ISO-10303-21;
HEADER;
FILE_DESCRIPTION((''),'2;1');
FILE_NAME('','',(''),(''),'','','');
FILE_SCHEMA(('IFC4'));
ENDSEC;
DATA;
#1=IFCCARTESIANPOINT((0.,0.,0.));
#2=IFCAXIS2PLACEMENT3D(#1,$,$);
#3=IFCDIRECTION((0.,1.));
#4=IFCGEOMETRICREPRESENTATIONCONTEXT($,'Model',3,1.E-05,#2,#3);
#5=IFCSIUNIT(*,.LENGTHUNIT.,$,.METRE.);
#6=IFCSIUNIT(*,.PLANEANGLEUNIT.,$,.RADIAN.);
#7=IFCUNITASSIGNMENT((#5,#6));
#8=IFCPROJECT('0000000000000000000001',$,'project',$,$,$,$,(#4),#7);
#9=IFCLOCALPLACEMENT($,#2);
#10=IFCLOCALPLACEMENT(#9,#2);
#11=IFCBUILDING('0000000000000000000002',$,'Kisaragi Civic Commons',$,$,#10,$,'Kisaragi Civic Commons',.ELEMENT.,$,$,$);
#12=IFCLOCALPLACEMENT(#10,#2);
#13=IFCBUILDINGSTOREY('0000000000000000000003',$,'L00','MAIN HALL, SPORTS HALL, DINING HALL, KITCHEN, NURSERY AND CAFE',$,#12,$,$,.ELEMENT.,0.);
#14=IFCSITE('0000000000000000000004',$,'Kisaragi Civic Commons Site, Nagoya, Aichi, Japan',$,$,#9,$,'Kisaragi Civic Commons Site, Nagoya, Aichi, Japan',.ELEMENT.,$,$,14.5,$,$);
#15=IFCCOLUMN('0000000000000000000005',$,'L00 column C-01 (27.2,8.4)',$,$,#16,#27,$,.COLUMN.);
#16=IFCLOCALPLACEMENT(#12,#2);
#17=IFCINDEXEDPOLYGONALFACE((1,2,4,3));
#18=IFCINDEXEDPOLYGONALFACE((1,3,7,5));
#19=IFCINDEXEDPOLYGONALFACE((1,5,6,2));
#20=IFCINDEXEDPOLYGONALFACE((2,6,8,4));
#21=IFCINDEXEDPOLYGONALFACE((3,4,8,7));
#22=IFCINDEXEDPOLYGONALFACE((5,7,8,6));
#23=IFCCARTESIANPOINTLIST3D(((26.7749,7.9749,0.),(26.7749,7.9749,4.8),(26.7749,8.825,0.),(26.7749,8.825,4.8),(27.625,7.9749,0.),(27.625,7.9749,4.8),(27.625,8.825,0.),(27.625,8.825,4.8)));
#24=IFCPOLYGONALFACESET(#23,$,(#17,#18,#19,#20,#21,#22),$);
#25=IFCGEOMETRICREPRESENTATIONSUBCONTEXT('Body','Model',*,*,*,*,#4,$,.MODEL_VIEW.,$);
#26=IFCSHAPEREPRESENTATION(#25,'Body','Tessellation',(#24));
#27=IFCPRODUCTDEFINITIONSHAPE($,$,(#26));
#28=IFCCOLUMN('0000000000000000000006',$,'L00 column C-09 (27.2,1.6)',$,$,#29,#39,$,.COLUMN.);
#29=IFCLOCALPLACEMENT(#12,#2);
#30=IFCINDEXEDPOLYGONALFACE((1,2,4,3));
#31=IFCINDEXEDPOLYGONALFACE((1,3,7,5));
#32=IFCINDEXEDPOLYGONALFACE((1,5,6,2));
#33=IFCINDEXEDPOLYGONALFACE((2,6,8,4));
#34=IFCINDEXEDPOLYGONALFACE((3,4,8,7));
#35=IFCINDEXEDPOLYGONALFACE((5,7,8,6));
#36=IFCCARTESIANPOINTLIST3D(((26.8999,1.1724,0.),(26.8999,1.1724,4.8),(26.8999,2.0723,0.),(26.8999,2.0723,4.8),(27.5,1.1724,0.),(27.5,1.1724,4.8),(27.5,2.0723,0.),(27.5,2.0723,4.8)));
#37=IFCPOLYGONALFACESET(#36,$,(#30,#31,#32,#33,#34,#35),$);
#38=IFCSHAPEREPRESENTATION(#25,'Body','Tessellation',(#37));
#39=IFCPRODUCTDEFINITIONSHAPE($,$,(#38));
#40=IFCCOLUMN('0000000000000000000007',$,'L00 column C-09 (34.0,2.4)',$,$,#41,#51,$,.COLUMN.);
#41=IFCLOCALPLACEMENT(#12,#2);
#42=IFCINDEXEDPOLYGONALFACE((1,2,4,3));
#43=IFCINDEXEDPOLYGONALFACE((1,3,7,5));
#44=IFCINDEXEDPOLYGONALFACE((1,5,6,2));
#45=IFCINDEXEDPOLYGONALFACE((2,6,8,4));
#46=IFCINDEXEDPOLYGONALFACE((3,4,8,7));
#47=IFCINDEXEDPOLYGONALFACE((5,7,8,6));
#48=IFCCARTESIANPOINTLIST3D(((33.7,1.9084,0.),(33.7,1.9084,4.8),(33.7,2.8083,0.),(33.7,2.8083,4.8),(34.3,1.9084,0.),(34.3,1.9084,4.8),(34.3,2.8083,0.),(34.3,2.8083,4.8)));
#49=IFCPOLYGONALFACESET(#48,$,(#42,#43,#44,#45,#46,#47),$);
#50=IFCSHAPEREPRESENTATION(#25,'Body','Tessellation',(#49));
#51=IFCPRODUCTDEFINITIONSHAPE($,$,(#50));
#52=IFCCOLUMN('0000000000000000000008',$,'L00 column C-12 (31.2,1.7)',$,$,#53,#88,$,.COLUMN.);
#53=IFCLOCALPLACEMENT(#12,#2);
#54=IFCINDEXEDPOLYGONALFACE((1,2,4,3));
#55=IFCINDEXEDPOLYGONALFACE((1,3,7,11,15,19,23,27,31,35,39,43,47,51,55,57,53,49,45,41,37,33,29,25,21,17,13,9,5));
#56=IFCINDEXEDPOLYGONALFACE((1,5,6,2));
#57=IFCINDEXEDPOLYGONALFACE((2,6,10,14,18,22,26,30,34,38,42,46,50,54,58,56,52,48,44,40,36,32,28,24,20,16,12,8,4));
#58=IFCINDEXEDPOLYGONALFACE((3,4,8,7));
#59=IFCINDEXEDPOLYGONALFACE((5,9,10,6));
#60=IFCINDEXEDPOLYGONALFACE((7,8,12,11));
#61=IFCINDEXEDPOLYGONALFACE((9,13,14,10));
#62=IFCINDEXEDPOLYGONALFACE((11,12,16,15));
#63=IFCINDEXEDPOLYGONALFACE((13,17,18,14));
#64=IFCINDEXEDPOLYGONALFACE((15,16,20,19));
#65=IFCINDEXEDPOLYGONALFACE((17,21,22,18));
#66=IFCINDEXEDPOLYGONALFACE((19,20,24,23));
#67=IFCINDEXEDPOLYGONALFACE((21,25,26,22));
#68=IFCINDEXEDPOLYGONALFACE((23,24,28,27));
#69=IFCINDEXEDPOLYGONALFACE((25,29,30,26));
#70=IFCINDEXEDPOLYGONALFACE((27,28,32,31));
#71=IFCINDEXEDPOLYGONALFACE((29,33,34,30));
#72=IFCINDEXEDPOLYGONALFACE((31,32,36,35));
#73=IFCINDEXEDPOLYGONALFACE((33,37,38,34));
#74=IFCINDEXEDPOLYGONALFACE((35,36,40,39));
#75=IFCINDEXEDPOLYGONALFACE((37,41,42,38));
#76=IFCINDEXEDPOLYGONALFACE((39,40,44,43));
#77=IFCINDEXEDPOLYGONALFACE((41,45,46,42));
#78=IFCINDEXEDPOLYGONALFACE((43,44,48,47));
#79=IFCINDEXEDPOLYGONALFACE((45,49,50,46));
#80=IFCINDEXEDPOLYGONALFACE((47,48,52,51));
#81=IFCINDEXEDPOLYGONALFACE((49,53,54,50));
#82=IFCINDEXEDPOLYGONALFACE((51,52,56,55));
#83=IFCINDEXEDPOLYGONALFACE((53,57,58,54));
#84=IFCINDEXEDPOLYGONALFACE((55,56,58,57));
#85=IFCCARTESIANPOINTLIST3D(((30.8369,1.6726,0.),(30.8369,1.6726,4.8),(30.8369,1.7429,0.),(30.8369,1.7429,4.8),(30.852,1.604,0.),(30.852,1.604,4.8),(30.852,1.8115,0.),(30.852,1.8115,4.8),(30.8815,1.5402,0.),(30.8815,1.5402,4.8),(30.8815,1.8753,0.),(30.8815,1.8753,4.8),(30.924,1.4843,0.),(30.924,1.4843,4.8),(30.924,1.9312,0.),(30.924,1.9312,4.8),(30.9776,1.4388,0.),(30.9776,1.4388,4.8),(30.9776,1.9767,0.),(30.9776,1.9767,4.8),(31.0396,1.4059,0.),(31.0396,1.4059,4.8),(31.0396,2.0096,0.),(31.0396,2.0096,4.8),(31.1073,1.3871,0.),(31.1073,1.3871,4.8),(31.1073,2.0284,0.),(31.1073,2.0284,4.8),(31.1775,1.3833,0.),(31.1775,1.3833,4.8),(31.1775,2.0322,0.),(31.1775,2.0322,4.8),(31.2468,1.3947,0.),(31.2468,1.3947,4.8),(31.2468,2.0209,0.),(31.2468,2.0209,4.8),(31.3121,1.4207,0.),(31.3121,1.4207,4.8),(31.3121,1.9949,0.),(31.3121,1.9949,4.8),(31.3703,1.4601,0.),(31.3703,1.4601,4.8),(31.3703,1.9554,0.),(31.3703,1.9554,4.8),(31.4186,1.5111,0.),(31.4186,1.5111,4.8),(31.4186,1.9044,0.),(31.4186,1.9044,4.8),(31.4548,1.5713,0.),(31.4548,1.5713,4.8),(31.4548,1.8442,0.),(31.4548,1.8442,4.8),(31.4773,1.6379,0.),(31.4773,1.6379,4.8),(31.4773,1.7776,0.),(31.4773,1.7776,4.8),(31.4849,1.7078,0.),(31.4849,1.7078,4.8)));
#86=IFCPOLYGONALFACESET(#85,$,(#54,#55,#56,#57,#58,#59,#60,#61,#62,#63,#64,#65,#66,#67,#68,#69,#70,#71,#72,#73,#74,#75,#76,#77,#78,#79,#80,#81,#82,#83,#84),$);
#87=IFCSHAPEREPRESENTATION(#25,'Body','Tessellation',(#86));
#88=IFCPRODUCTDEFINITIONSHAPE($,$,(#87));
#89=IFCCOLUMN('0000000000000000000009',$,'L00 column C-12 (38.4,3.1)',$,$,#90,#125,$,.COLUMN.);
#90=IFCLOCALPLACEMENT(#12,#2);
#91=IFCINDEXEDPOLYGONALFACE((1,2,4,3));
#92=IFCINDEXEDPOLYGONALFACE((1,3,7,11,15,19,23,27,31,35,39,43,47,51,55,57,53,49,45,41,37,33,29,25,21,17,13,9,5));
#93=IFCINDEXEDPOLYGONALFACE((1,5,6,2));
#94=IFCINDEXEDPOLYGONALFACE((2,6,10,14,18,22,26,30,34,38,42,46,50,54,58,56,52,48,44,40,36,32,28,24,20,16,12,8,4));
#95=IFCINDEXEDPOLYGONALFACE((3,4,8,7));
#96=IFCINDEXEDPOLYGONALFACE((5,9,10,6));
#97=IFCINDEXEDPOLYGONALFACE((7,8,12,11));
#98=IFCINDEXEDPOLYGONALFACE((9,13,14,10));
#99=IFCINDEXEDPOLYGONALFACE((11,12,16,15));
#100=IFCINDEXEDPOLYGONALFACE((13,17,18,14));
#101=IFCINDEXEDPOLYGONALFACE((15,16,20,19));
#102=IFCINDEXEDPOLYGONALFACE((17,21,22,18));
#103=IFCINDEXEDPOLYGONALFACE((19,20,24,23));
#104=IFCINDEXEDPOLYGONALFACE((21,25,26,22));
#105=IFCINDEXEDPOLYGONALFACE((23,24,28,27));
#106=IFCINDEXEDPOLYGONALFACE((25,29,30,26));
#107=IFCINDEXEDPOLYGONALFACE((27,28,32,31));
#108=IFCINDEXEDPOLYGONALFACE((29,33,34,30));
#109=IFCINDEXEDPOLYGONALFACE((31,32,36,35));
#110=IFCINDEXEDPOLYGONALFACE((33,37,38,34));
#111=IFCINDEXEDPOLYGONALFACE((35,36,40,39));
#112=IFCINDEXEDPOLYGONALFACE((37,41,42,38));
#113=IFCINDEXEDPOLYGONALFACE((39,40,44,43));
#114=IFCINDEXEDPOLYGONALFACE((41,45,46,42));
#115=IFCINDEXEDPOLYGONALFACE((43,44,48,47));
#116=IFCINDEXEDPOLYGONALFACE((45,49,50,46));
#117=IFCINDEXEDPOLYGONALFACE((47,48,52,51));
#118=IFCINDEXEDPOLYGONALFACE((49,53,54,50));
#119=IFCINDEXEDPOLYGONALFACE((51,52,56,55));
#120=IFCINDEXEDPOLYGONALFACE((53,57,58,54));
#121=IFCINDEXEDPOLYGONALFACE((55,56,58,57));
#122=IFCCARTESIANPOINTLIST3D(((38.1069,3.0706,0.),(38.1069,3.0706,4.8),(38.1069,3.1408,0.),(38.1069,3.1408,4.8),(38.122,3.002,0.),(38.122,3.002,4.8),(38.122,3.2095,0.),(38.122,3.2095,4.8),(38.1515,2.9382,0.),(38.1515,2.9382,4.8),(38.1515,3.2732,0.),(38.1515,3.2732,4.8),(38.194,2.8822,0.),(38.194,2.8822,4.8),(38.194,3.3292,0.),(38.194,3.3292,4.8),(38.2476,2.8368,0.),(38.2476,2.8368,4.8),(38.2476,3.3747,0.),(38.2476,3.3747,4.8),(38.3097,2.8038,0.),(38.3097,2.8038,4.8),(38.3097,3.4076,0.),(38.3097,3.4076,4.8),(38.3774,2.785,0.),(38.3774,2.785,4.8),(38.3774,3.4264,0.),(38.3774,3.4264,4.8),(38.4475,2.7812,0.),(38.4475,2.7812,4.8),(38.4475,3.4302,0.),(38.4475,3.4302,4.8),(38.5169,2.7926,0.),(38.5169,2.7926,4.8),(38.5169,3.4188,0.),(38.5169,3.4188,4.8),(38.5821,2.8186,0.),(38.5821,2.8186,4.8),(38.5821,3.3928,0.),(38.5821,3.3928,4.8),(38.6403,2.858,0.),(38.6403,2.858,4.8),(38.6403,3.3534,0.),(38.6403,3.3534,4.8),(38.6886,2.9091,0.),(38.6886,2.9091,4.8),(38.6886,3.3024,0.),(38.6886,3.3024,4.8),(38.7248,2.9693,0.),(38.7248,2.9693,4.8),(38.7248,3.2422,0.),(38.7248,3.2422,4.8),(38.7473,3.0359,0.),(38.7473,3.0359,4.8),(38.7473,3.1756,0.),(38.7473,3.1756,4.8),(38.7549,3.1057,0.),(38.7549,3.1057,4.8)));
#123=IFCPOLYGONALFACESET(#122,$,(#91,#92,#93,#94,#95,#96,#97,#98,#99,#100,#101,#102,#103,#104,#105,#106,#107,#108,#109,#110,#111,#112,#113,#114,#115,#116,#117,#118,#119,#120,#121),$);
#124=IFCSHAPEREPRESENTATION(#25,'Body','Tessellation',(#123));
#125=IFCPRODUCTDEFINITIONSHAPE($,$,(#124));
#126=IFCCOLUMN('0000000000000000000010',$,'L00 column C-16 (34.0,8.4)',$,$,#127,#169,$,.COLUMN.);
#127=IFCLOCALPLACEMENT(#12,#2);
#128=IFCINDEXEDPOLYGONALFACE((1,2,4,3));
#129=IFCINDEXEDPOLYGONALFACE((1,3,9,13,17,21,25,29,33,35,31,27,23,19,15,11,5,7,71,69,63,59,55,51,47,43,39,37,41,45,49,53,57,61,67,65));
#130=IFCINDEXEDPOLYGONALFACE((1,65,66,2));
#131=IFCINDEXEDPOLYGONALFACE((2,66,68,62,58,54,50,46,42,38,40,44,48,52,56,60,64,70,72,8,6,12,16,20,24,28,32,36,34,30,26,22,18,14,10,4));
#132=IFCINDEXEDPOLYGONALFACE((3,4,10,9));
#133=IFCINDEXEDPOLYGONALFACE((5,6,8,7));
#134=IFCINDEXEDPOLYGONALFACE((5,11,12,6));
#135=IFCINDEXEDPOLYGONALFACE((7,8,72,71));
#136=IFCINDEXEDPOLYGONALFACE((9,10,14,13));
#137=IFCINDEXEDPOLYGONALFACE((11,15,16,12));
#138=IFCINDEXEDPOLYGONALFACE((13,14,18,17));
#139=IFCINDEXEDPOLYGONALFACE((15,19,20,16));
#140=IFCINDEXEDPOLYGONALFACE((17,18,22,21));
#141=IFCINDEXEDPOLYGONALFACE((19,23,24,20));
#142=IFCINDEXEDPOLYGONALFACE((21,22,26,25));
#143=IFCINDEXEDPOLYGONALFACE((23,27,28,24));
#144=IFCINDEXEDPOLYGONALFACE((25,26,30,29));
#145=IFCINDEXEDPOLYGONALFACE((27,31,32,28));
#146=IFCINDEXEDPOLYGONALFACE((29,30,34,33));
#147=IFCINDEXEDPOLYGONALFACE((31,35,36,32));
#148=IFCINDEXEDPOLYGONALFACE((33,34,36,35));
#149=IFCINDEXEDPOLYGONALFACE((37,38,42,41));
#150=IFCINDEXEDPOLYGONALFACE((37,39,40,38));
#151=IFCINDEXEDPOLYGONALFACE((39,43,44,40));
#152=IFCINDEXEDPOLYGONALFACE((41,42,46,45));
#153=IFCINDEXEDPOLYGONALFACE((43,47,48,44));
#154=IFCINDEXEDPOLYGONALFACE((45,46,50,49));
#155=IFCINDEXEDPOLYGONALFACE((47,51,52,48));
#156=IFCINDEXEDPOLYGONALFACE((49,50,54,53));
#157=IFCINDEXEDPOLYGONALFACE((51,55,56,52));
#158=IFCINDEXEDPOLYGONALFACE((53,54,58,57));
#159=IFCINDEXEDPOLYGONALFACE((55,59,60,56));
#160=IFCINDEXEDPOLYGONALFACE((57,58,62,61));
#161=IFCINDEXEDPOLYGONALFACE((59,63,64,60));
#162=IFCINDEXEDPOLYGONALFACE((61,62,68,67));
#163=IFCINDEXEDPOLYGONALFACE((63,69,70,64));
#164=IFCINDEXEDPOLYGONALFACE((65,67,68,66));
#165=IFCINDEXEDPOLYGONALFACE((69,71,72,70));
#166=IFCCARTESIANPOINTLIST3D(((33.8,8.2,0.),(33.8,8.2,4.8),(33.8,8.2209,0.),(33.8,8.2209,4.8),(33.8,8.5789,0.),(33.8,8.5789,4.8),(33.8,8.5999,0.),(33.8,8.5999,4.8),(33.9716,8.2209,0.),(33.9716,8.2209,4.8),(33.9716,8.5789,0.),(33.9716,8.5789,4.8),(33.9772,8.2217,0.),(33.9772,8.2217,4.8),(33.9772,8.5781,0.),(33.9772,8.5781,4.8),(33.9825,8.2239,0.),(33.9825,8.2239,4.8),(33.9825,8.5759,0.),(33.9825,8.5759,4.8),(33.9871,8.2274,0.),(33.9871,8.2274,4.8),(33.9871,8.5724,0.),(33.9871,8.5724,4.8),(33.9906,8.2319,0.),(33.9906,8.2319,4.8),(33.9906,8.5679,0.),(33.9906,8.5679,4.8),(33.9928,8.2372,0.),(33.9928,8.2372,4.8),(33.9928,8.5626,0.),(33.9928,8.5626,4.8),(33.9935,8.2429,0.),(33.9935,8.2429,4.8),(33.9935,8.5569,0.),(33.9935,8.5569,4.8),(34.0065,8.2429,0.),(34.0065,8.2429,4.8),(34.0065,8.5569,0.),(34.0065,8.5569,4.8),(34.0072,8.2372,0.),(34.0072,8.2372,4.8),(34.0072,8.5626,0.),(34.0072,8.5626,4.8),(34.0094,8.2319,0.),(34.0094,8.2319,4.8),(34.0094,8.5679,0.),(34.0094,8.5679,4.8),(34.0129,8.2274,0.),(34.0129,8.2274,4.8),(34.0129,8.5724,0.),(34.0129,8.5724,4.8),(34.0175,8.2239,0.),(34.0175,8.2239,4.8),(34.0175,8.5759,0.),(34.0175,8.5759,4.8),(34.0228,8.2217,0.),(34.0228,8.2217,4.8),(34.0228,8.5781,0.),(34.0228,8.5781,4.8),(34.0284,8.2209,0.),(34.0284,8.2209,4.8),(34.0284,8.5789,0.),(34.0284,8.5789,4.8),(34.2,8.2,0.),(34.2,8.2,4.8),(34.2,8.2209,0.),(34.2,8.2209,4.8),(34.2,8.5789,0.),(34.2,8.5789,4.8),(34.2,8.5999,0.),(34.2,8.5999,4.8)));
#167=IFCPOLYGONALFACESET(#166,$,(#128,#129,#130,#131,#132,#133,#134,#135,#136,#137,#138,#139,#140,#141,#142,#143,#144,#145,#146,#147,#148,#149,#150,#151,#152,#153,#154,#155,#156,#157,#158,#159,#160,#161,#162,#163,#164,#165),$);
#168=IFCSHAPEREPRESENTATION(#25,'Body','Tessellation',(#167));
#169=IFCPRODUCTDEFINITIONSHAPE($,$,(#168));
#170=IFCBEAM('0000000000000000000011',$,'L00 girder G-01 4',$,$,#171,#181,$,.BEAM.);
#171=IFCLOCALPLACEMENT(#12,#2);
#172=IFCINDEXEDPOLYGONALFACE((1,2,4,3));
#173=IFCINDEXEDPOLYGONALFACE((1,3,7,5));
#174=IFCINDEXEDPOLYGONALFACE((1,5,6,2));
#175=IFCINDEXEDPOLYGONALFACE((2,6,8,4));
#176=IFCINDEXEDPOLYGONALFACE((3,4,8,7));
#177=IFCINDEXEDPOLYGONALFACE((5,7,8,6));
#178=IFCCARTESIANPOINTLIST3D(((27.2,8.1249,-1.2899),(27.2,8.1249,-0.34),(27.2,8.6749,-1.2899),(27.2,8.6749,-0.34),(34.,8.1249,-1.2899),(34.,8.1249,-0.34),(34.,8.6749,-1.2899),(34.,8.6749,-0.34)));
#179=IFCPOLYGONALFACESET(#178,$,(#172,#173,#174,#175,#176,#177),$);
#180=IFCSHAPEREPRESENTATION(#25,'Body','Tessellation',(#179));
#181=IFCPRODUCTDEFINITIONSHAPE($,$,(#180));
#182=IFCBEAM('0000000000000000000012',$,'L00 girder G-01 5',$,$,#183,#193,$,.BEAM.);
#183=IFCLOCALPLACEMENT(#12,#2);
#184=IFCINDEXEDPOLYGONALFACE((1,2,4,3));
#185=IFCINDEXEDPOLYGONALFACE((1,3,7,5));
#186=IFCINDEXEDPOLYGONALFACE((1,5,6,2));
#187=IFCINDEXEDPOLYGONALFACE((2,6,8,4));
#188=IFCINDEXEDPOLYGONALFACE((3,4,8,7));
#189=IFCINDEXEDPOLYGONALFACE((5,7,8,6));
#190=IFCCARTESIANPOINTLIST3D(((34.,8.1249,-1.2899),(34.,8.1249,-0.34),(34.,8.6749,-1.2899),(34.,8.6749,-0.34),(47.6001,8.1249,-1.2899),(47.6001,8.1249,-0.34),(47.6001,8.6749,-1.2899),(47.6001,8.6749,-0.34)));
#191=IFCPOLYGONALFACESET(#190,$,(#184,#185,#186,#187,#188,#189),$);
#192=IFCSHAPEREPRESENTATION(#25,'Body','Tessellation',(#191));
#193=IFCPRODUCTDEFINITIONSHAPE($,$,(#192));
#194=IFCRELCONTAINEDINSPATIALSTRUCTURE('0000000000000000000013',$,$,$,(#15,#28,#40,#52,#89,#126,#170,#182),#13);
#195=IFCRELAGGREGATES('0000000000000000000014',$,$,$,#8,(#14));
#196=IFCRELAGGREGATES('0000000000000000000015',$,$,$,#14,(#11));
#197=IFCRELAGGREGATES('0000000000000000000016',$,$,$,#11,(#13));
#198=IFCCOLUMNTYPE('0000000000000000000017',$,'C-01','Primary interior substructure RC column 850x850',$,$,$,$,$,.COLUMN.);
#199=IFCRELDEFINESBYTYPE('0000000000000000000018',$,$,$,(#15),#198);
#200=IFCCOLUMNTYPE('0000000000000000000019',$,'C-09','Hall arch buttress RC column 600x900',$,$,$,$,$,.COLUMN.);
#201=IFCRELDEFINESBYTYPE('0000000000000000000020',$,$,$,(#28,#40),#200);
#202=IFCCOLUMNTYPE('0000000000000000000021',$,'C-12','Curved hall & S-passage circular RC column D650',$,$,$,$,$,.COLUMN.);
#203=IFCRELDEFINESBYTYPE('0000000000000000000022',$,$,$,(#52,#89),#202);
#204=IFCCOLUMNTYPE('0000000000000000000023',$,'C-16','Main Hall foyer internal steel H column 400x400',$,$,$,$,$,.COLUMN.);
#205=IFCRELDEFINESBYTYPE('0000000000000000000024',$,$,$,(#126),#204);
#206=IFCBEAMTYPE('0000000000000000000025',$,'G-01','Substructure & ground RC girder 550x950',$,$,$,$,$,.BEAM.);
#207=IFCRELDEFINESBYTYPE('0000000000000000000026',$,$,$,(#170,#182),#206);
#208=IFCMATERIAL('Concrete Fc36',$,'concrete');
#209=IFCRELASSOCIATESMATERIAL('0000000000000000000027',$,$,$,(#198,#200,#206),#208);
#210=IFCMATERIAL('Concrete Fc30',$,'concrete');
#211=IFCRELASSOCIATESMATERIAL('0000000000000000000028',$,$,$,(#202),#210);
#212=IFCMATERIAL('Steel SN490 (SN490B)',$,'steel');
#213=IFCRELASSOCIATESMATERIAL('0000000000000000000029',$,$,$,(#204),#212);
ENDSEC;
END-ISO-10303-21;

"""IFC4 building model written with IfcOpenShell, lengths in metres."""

from ifc_helpers import new_model, si_unit, direction, frame, origin, origin_2d, place, context, subcontext, project, spatial, rectangle, circle, i_section, extrude, material, material_profile, profile_set, type_object, element, save


model = new_model("IFC4")

# Units and contexts
model_context = context("Model", 3, precision=1e-05, world=origin(), true_north=direction((0.0, 1.0)))
body_context = subcontext(model_context, "Body", "Model", "MODEL_VIEW")
ifc_project = project(units=[si_unit("LENGTHUNIT", "METRE"), si_unit("PLANEANGLEUNIT", "RADIAN")], contexts=[model_context])

# Site, building, storey
site_placement = place(None, origin())
site = spatial("IfcSite", under=ifc_project, at=site_placement, Name="Kisaragi Civic Commons Site, Nagoya, Aichi, Japan", LongName="Kisaragi Civic Commons Site, Nagoya, Aichi, Japan", CompositionType="ELEMENT", RefElevation=14.5)
building_placement = place(site_placement, origin())
building = spatial("IfcBuilding", under=site, at=building_placement, Name="Kisaragi Civic Commons", LongName="Kisaragi Civic Commons", CompositionType="ELEMENT")
storey_placement = place(building_placement, origin())
storey = spatial("IfcBuildingStorey", under=building, at=storey_placement, Name="L00", Description="MAIN HALL, SPORTS HALL, DINING HALL, KITCHEN, NURSERY AND CAFE", CompositionType="ELEMENT", Elevation=0.0)

# Columns
ifc_material_1 = material(Name="Concrete Fc36", Category="concrete")
ifc_material_profile_1 = material_profile(ifc_material_1, rectangle(XDim=0.8501, YDim=0.8501, at=origin_2d()), Name="RC-850x850", Category="concrete")
ifc_profile_set_1 = profile_set([ifc_material_profile_1], Name="Concrete Fc36")
column_type_1 = type_object("IfcColumnType", Name="C-01", Description="Primary interior substructure RC column 850x850", PredefinedType="COLUMN", material=ifc_profile_set_1)
column_1_placement = place(storey_placement, frame((27.2, 8.3999, 0.0), z_axis=(0.0, 0.0, 1.0), x_axis=(1.0, 0.0, 0.0)))
element("IfcColumn", 1, at=column_1_placement, inside=storey, type_object=column_type_1, Name="L00 column C-01 (27.2,8.4)", PredefinedType="COLUMN", context=body_context, shape_type="SweptSolid", body=[
    extrude(rectangle(XDim=0.8501, YDim=0.8501, at=origin_2d()), origin(), (0.0, 0.0, 1.0), 4.8),
])
ifc_material_profile_2 = material_profile(ifc_material_1, rectangle(XDim=0.6001, YDim=0.8999, at=origin_2d()), Name="RC-600x900", Category="concrete")
ifc_profile_set_2 = profile_set([ifc_material_profile_2], Name="Concrete Fc36")
column_type_2 = type_object("IfcColumnType", Name="C-09", Description="Hall arch buttress RC column 600x900", PredefinedType="COLUMN", material=ifc_profile_set_2)
for number, where, z_axis, x_axis, name in (
    (2, (27.2, 1.6223, 0.0), (0.0, 0.0, 1.0), (1.0, 0.0, 0.0), "L00 column C-09 (27.2,1.6)"),
    (3, (34.0, 2.3584, 0.0), (0.0, 0.0, 1.0), (1.0, 0.0, 0.0), "L00 column C-09 (34.0,2.4)"),
):
    element("IfcColumn", number, at=place(storey_placement, frame(where, z_axis=z_axis, x_axis=x_axis)), inside=storey, type_object=column_type_2, Name=name, PredefinedType="COLUMN", context=body_context, shape_type="SweptSolid", body=[
        extrude(rectangle(XDim=0.6001, YDim=0.8999, at=origin_2d()), origin(), (0.0, 0.0, 1.0), 4.8),
    ])
ifc_material_2 = material(Name="Concrete Fc30", Category="concrete")
ifc_material_profile_3 = material_profile(ifc_material_2, circle(Radius=0.325, at=origin_2d()), Name="RC-D650", Category="concrete")
ifc_profile_set_3 = profile_set([ifc_material_profile_3], Name="Concrete Fc30")
column_type_3 = type_object("IfcColumnType", Name="C-12", Description="Curved hall & S-passage circular RC column D650", PredefinedType="COLUMN", material=ifc_profile_set_3)
for number, where, z_axis, x_axis, name in (
    (4, (31.1599, 1.7078, 0.0), (0.0, 0.0, 1.0), (1.0, 0.0, 0.0), "L00 column C-12 (31.2,1.7)"),
    (5, (38.4299, 3.1057, 0.0), (0.0, 0.0, 1.0), (1.0, 0.0, 0.0), "L00 column C-12 (38.4,3.1)"),
):
    element("IfcColumn", number, at=place(storey_placement, frame(where, z_axis=z_axis, x_axis=x_axis)), inside=storey, type_object=column_type_3, Name=name, PredefinedType="COLUMN", context=body_context, shape_type="SweptSolid", body=[
        extrude(circle(Radius=0.325, at=origin_2d()), origin(), (0.0, 0.0, 1.0), 4.8),
    ])
ifc_material_3 = material(Name="Steel SN490 (SN490B)", Category="steel")
ifc_material_profile_4 = material_profile(ifc_material_3, i_section(OverallWidth=0.3999, OverallDepth=0.3999, WebThickness=0.0129, FlangeThickness=0.021, FilletRadius=0.022, at=origin_2d()), Name="H-400x400x13x21", Category="steel")
ifc_profile_set_4 = profile_set([ifc_material_profile_4], Name="Steel SN490 (SN490B)")
column_type_4 = type_object("IfcColumnType", Name="C-16", Description="Main Hall foyer internal steel H column 400x400", PredefinedType="COLUMN", material=ifc_profile_set_4)
column_2_placement = place(storey_placement, frame((34.0, 8.3999, 0.0), z_axis=(0.0, 0.0, 1.0), x_axis=(1.0, 0.0, 0.0)))
element("IfcColumn", 6, at=column_2_placement, inside=storey, type_object=column_type_4, Name="L00 column C-16 (34.0,8.4)", PredefinedType="COLUMN", context=body_context, shape_type="SweptSolid", body=[
    extrude(i_section(OverallWidth=0.3999, OverallDepth=0.3999, WebThickness=0.0129, FlangeThickness=0.021, FilletRadius=0.022, at=origin_2d()), origin(), (0.0, 0.0, 1.0), 4.8),
])

# Beams
ifc_material_profile_5 = material_profile(ifc_material_1, rectangle(XDim=0.55, YDim=0.95, at=origin_2d()), Name="RC-550x950", Category="concrete")
ifc_profile_set_5 = profile_set([ifc_material_profile_5], Name="Concrete Fc36")
beam_type_1 = type_object("IfcBeamType", Name="G-01", Description="Substructure & ground RC girder 550x950", PredefinedType="BEAM", material=ifc_profile_set_5)
beam_1_placement = place(storey_placement, frame((27.2, 8.3999, -0.8149), z_axis=(1.0, 0.0, 0.0), x_axis=(0.0, 1.0, 0.0)))
element("IfcBeam", 7, at=beam_1_placement, inside=storey, type_object=beam_type_1, Name="L00 girder G-01 4", PredefinedType="BEAM", context=body_context, shape_type="SweptSolid", body=[
    extrude(rectangle(XDim=0.55, YDim=0.95, at=origin_2d()), origin(), (0.0, 0.0, 1.0), 6.8),
])
beam_2_placement = place(storey_placement, frame((34.0, 8.3999, -0.8149), z_axis=(1.0, 0.0, 0.0), x_axis=(0.0, 1.0, 0.0)))
element("IfcBeam", 8, at=beam_2_placement, inside=storey, type_object=beam_type_1, Name="L00 girder G-01 5", PredefinedType="BEAM", context=body_context, shape_type="SweptSolid", body=[
    extrude(rectangle(XDim=0.55, YDim=0.95, at=origin_2d()), origin(), (0.0, 0.0, 1.0), 13.6001),
])

save(model, "model.ifc")
